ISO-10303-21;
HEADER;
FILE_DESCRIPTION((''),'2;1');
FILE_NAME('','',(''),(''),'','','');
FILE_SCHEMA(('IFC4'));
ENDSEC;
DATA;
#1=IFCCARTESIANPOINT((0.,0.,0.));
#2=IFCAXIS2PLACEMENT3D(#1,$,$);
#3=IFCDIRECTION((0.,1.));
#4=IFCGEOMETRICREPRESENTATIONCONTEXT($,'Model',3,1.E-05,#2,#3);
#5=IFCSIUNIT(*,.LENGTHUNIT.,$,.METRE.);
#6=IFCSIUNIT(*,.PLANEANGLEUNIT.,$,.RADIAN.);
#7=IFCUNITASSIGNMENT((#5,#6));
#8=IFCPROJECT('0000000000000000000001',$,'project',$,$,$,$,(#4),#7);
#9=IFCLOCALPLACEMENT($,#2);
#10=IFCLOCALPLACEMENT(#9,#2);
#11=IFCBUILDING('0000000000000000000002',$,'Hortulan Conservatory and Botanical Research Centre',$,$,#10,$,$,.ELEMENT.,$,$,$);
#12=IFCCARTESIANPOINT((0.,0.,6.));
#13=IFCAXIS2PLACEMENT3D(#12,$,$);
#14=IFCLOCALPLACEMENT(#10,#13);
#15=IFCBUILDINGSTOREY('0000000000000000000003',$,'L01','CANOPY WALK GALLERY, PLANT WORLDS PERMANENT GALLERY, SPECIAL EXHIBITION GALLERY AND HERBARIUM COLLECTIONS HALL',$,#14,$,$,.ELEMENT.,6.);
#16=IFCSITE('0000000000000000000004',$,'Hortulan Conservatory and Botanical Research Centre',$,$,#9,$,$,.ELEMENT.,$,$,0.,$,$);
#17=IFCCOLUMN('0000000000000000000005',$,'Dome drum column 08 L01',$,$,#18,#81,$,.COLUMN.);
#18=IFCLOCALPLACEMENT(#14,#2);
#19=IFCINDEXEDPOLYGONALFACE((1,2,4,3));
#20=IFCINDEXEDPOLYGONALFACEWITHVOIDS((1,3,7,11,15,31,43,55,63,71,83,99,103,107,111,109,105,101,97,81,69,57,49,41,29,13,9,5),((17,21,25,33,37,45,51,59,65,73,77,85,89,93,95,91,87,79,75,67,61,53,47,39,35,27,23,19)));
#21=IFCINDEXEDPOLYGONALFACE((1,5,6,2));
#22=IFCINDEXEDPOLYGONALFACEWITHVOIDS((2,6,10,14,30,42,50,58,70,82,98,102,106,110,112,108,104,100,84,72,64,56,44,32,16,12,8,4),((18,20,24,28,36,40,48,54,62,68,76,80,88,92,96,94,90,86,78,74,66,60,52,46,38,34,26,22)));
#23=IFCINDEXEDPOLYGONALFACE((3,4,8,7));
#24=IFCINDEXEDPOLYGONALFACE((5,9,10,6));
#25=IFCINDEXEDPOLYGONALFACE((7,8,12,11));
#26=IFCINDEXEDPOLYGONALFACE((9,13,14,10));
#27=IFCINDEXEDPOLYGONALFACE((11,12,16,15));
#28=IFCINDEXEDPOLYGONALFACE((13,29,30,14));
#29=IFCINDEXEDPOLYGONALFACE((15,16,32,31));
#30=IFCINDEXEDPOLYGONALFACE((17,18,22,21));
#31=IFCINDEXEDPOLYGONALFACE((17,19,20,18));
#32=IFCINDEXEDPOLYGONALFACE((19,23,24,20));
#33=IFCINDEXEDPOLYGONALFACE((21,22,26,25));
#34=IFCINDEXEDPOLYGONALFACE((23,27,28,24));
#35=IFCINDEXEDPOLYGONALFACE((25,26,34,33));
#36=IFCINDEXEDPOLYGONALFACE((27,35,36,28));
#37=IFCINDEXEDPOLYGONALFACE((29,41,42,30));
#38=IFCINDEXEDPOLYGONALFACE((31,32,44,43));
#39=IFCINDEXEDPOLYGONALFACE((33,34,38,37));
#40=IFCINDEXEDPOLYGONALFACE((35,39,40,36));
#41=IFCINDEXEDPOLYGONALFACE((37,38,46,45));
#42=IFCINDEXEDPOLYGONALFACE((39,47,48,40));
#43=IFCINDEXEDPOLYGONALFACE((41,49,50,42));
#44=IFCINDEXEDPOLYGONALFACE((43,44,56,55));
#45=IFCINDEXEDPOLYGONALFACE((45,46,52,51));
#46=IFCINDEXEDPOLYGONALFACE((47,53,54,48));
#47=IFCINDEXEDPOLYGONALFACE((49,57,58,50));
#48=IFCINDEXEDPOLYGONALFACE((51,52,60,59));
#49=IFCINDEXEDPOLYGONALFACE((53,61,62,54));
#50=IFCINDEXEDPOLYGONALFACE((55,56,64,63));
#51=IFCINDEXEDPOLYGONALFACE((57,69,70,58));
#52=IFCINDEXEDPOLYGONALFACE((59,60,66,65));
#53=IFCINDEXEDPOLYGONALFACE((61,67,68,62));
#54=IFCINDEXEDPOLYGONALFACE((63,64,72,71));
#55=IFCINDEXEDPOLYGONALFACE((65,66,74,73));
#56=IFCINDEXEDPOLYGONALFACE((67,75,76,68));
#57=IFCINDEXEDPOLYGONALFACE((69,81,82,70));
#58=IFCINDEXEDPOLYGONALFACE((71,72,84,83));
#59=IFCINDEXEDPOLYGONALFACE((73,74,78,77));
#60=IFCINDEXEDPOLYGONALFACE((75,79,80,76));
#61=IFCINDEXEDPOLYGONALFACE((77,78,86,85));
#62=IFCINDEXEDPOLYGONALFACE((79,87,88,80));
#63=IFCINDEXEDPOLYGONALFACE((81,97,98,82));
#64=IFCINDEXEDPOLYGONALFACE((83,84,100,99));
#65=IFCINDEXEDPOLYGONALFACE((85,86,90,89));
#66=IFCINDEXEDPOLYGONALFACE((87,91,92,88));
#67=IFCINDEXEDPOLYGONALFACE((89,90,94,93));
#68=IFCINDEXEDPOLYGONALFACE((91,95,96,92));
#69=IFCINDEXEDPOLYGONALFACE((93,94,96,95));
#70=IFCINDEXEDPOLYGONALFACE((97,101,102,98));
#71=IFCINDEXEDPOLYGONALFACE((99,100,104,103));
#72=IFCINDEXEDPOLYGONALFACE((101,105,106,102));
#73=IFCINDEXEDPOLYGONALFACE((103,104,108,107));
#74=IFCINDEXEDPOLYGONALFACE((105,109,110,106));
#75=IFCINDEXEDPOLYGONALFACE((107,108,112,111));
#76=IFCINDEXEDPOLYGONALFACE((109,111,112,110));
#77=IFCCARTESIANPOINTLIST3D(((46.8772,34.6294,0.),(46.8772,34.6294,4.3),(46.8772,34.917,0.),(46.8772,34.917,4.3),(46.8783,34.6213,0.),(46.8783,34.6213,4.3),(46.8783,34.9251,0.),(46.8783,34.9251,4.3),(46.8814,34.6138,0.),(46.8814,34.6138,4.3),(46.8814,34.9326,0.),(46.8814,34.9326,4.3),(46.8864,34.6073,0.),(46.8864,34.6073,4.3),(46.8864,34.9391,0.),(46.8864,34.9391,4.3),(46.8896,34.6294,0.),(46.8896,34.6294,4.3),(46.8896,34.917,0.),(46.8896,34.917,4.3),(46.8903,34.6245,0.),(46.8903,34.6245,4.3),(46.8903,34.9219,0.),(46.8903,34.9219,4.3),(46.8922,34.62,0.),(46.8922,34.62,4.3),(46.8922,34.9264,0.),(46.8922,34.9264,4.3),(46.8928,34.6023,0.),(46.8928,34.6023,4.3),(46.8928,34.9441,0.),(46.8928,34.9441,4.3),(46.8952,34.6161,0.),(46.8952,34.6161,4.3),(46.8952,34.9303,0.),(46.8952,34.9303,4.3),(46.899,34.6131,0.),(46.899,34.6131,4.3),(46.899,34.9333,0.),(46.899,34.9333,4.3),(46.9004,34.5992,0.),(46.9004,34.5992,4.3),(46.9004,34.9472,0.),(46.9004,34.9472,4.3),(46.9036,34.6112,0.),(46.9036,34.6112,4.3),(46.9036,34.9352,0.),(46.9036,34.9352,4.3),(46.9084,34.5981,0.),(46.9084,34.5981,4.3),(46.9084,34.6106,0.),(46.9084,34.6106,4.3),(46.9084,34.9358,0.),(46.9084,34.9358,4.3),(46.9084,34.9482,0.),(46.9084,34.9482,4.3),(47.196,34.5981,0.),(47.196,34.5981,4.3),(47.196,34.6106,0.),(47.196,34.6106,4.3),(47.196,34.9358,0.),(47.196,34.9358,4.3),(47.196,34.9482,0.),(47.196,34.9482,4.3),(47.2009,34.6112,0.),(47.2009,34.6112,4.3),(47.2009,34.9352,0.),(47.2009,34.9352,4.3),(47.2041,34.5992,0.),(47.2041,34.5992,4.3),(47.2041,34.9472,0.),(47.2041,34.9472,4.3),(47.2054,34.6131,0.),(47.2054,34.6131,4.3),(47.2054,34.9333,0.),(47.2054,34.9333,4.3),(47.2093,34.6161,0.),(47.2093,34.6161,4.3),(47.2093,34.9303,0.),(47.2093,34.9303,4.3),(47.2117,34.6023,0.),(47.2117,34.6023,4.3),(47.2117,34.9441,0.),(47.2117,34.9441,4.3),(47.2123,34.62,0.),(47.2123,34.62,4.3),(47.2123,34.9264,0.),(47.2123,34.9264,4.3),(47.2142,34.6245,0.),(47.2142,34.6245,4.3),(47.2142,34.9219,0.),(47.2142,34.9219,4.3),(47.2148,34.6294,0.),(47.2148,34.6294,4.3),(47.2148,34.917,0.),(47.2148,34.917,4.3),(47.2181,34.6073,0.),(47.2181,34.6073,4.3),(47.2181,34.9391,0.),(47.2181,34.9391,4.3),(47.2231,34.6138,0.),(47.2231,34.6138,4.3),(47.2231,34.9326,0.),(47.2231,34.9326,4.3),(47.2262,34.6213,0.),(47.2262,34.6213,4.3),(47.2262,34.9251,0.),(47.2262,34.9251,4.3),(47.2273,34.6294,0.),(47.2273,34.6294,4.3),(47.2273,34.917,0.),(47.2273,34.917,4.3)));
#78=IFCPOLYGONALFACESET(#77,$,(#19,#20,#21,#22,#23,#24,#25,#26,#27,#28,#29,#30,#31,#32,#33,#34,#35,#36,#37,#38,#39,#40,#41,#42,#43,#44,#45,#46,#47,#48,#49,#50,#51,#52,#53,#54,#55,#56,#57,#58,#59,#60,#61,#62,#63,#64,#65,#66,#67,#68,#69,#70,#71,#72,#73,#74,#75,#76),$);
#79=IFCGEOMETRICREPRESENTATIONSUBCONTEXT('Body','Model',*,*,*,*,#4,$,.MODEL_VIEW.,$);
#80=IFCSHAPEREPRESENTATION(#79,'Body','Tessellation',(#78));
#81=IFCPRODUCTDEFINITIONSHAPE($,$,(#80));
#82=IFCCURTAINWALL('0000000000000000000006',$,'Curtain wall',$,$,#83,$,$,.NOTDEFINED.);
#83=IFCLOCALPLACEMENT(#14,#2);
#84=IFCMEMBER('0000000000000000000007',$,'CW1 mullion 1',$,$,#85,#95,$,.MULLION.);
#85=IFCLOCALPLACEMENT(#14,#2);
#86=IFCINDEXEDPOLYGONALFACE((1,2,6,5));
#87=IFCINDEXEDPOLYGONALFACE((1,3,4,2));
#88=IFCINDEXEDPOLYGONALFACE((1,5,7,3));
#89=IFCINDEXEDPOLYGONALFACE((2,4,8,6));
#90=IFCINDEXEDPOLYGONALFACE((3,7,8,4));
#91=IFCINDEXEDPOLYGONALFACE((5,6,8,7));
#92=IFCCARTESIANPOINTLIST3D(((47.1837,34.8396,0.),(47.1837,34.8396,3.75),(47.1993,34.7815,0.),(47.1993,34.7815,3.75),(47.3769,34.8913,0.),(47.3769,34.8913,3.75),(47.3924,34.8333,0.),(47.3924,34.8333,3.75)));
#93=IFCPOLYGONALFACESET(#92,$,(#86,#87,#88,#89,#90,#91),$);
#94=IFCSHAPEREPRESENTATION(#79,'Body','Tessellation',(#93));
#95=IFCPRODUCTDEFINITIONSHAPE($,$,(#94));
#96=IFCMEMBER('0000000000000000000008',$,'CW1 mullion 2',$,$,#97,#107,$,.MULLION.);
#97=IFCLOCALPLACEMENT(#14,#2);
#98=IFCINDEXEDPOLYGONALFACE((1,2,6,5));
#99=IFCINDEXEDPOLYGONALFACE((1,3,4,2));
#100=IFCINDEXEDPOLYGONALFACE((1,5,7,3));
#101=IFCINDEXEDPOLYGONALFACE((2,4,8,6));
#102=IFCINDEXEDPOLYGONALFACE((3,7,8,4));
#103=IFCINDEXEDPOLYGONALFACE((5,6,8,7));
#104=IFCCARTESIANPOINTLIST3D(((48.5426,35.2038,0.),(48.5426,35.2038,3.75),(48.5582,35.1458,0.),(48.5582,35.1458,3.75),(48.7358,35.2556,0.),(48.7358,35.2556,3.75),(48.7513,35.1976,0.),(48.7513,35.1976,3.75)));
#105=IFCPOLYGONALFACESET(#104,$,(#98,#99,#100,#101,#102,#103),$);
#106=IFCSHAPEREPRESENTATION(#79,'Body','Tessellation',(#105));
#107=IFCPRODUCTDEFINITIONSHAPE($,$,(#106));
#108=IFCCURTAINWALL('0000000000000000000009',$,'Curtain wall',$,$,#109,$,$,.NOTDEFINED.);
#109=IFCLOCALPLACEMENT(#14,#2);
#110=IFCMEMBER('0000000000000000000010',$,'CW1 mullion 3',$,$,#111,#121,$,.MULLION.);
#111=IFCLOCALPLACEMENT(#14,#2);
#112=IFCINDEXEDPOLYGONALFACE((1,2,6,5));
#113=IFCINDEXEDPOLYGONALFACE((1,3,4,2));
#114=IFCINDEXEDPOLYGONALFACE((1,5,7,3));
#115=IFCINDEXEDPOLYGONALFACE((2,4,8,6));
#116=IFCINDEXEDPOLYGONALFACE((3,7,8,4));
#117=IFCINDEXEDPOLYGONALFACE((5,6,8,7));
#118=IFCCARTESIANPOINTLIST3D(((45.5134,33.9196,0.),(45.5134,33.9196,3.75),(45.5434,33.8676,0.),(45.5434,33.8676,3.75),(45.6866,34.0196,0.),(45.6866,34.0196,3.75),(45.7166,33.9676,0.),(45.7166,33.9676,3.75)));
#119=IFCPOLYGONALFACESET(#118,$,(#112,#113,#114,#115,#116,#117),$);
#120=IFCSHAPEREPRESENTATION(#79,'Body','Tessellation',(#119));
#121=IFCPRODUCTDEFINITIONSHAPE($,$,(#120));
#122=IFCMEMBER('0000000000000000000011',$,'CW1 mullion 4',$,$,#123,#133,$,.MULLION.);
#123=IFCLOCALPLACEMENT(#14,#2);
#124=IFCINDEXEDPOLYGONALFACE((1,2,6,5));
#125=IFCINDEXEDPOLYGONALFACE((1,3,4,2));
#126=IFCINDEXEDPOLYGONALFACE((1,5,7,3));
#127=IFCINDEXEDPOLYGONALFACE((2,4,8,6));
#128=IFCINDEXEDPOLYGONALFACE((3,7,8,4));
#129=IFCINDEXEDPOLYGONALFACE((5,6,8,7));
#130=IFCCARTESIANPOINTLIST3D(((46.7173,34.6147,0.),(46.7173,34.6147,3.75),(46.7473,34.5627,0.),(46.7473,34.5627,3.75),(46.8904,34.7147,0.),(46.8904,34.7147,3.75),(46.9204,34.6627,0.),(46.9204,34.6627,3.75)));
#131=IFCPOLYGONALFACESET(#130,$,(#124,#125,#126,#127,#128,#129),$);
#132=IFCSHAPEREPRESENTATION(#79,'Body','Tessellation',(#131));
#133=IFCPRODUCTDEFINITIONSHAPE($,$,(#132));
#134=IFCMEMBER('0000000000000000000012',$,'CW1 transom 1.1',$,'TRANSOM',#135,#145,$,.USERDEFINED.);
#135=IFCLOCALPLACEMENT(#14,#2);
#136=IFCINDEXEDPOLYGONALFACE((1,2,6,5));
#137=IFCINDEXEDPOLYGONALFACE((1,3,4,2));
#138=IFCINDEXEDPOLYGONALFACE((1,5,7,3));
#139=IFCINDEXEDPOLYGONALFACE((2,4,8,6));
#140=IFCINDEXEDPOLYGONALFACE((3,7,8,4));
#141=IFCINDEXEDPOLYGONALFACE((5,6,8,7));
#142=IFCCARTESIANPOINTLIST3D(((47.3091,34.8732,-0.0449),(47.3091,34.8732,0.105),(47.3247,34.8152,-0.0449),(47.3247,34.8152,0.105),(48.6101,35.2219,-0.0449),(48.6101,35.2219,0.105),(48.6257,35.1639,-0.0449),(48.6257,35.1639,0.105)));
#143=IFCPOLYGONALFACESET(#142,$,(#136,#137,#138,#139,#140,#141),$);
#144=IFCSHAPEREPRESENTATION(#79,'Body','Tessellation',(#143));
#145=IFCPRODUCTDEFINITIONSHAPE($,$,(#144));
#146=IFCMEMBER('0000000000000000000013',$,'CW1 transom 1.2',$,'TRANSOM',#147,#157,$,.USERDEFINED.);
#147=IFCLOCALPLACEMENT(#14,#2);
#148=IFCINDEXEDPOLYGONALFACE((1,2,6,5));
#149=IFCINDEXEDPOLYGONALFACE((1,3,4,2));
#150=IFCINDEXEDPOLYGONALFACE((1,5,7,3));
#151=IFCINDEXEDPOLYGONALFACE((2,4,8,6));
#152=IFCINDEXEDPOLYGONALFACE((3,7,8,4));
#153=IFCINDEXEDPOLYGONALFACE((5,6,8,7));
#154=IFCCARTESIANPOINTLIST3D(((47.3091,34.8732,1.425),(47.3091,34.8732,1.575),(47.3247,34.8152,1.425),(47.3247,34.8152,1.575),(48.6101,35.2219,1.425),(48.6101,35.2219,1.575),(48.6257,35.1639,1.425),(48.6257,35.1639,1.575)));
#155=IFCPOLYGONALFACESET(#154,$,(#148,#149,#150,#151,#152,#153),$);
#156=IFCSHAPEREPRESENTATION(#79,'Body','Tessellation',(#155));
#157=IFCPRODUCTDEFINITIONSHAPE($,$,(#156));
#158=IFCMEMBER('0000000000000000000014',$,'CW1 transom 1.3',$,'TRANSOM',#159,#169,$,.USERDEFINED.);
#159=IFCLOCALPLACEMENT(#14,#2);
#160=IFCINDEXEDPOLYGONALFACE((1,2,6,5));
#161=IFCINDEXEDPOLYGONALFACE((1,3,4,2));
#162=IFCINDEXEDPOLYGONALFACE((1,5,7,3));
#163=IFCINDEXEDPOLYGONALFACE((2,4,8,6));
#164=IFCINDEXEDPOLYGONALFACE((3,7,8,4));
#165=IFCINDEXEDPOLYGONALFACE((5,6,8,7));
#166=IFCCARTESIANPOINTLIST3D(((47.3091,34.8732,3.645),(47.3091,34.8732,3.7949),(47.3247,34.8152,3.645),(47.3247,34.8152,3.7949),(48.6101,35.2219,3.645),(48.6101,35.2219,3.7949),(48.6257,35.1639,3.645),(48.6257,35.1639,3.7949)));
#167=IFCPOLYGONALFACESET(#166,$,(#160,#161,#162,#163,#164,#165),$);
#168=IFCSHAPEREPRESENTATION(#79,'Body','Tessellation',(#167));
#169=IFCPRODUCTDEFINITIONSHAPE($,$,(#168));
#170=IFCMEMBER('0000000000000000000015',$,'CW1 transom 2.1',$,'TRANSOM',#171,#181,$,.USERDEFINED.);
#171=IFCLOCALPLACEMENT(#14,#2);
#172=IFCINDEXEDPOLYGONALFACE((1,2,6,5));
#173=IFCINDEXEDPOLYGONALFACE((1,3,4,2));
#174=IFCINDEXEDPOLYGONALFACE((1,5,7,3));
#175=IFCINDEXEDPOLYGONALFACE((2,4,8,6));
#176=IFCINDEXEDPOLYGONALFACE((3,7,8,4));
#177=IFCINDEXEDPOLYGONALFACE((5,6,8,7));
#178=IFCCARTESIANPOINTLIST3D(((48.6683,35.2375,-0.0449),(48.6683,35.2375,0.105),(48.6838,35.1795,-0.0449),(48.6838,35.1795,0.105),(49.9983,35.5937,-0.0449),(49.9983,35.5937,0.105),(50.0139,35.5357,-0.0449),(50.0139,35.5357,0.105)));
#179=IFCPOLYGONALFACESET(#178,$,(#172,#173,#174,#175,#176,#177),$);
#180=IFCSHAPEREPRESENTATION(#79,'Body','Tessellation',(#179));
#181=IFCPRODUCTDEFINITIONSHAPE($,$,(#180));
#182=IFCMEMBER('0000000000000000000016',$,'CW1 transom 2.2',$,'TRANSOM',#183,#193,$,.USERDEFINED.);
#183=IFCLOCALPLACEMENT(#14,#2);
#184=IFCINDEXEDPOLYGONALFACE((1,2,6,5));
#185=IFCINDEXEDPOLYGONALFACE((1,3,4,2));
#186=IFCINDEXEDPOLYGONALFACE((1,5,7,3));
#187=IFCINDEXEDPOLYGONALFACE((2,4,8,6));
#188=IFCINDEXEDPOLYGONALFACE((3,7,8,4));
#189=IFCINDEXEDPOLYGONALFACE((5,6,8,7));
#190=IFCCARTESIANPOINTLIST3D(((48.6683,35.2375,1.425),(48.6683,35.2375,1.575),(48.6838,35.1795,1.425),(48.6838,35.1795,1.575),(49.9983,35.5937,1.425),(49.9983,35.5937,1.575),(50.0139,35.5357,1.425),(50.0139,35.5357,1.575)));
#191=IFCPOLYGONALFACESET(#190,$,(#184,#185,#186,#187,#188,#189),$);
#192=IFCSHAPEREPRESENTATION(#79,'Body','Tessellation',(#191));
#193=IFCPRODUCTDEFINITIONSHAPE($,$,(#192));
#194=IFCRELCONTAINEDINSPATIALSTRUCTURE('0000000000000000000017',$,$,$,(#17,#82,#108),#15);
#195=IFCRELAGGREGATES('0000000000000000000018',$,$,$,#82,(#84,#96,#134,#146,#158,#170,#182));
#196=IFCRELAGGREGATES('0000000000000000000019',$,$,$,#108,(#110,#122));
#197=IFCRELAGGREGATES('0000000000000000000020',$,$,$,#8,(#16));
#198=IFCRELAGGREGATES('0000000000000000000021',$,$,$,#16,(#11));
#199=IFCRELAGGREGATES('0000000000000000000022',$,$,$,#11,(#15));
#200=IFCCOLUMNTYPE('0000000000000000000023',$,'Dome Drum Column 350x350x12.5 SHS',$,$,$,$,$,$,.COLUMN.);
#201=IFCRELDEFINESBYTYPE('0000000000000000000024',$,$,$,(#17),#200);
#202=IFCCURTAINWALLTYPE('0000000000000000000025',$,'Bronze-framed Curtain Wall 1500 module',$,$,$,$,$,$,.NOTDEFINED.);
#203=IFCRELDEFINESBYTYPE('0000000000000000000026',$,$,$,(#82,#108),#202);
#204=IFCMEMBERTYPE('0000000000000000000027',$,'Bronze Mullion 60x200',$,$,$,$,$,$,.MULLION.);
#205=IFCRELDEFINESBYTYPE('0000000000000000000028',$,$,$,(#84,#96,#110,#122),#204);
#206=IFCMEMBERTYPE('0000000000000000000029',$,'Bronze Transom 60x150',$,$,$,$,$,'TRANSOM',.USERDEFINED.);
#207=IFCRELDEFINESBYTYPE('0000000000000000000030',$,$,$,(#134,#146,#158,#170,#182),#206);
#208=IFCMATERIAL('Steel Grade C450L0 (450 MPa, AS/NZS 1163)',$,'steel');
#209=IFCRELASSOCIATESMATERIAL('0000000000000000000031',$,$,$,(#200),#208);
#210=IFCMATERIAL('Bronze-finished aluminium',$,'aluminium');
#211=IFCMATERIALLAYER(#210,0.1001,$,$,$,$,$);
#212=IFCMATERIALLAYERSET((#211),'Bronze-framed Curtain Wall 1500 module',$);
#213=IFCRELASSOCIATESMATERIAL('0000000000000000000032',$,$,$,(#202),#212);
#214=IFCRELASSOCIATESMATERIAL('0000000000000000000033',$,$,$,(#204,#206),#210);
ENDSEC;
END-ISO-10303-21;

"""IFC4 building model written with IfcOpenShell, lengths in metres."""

from ifc_helpers import new_model, si_unit, direction, frame, origin, origin_2d, place, context, subcontext, project, spatial, rectangle, hollow_rectangle, extrude, material, layer, layer_set, material_profile, profile_set, type_object, element, aggregate, save


model = new_model("IFC4")

# Units and contexts
model_context = context("Model", 3, precision=1e-05, world=origin(), true_north=direction((0.0, 1.0)))
body_context = subcontext(model_context, "Body", "Model", "MODEL_VIEW")
ifc_project = project(units=[si_unit("LENGTHUNIT", "METRE"), si_unit("PLANEANGLEUNIT", "RADIAN")], contexts=[model_context])

# Site, building, storey
site_placement = place(None, origin())
site = spatial("IfcSite", under=ifc_project, at=site_placement, Name="Hortulan Conservatory and Botanical Research Centre", CompositionType="ELEMENT", RefElevation=0.0)
building_placement = place(site_placement, origin())
building = spatial("IfcBuilding", under=site, at=building_placement, Name="Hortulan Conservatory and Botanical Research Centre", CompositionType="ELEMENT")
storey_placement = place(building_placement, frame((0.0, 0.0, 6.0)))
storey = spatial("IfcBuildingStorey", under=building, at=storey_placement, Name="L01", Description="CANOPY WALK GALLERY, PLANT WORLDS PERMANENT GALLERY, SPECIAL EXHIBITION GALLERY AND HERBARIUM COLLECTIONS HALL", CompositionType="ELEMENT", Elevation=6.0)

# Column
ifc_material_1 = material(Name="Steel Grade C450L0 (450 MPa, AS/NZS 1163)", Category="steel")
ifc_material_profile_1 = material_profile(ifc_material_1, hollow_rectangle(XDim=0.3501, YDim=0.3501, WallThickness=0.0125, InnerFilletRadius=0.0188, OuterFilletRadius=0.0312, at=origin_2d()), Name="350x350x12.5SHS")
ifc_profile_set_1 = profile_set([ifc_material_profile_1], Name="Steel Grade C450L0 (450 MPa, AS/NZS 1163)")
column_type = type_object("IfcColumnType", Name="Dome Drum Column 350x350x12.5 SHS", PredefinedType="COLUMN", material=ifc_profile_set_1)
column_placement = place(storey_placement, frame((47.0522, 34.7732, 0.0), z_axis=(0.0, 0.0, 1.0), x_axis=(1.0, 0.0, 0.0)))
element("IfcColumn", 1, at=column_placement, inside=storey, type_object=column_type, Name="Dome drum column 08 L01", PredefinedType="COLUMN", context=body_context, shape_type="SweptSolid", body=[
    extrude(hollow_rectangle(XDim=0.3501, YDim=0.3501, WallThickness=0.0125, InnerFilletRadius=0.0188, OuterFilletRadius=0.0312, at=origin_2d()), origin(), (0.0, 0.0, 1.0), 4.3),
])

# Curtain walls, members
ifc_material_2 = material(Name="Bronze-finished aluminium", Category="aluminium")
ifc_layer_1 = layer(ifc_material_2, 0.1001)
ifc_layer_set_1 = layer_set([ifc_layer_1], Name="Bronze-framed Curtain Wall 1500 module")
curtain_wall_type = type_object("IfcCurtainWallType", Name="Bronze-framed Curtain Wall 1500 module", PredefinedType="NOTDEFINED", material=ifc_layer_set_1)
curtain_wall_1_placement = place(storey_placement, origin())
curtain_wall_1 = element("IfcCurtainWall", 2, at=curtain_wall_1_placement, inside=storey, type_object=curtain_wall_type, Name="Curtain wall", PredefinedType="NOTDEFINED")
ifc_material_profile_2 = material_profile(ifc_material_2, rectangle(XDim=0.0601, YDim=0.2, at=origin_2d()), Name="Bronze Mullion 60x200")
ifc_profile_set_2 = profile_set([ifc_material_profile_2], Name="Bronze-finished aluminium")
member_type_1 = type_object("IfcMemberType", Name="Bronze Mullion 60x200", PredefinedType="MULLION", material=ifc_profile_set_2)
member_1_placement = place(storey_placement, frame((47.2881, 34.8364, 0.0), z_axis=(0.0, 0.0, 1.0), x_axis=(-0.258832, 0.965922, 0.0)))
member_1 = element("IfcMember", 3, at=member_1_placement, type_object=member_type_1, Name="CW1 mullion 1", PredefinedType="MULLION", context=body_context, shape_type="SweptSolid", body=[
    extrude(rectangle(XDim=0.0601, YDim=0.2, at=origin_2d()), origin(), (0.0, 0.0, 1.0), 3.75),
])
member_2_placement = place(storey_placement, frame((48.647, 35.2007, 0.0), z_axis=(0.0, 0.0, 1.0), x_axis=(-0.258832, 0.965922, 0.0)))
member_2 = element("IfcMember", 4, at=member_2_placement, type_object=member_type_1, Name="CW1 mullion 2", PredefinedType="MULLION", context=body_context, shape_type="SweptSolid", body=[
    extrude(rectangle(XDim=0.0601, YDim=0.2, at=origin_2d()), origin(), (0.0, 0.0, 1.0), 3.75),
])
curtain_wall_2_placement = place(storey_placement, origin())
curtain_wall_2 = element("IfcCurtainWall", 5, at=curtain_wall_2_placement, inside=storey, type_object=curtain_wall_type, Name="Curtain wall", PredefinedType="NOTDEFINED")
member_3_placement = place(storey_placement, frame((45.615, 33.9436, 0.0), z_axis=(0.0, 0.0, 1.0), x_axis=(-0.499981, 0.866036, 0.0)))
member_3 = element("IfcMember", 6, at=member_3_placement, type_object=member_type_1, Name="CW1 mullion 3", PredefinedType="MULLION", context=body_context, shape_type="SweptSolid", body=[
    extrude(rectangle(XDim=0.0601, YDim=0.2, at=origin_2d()), origin(), (0.0, 0.0, 1.0), 3.75),
])
member_4_placement = place(storey_placement, frame((46.8188, 34.6387, 0.0), z_axis=(0.0, 0.0, 1.0), x_axis=(-0.499981, 0.866036, 0.0)))
member_4 = element("IfcMember", 7, at=member_4_placement, type_object=member_type_1, Name="CW1 mullion 4", PredefinedType="MULLION", context=body_context, shape_type="SweptSolid", body=[
    extrude(rectangle(XDim=0.0601, YDim=0.2, at=origin_2d()), origin(), (0.0, 0.0, 1.0), 3.75),
])

# Members
ifc_material_profile_3 = material_profile(ifc_material_2, rectangle(XDim=0.0601, YDim=0.1499, at=origin_2d()), Name="Bronze Transom 60x150")
ifc_profile_set_3 = profile_set([ifc_material_profile_3], Name="Bronze-finished aluminium")
member_type_2 = type_object("IfcMemberType", Name="Bronze Transom 60x150", ElementType="TRANSOM", PredefinedType="USERDEFINED", material=ifc_profile_set_3)
member_5_placement = place(storey_placement, frame((47.3169, 34.8442, 0.03), z_axis=(0.965921, 0.258836, 0.0), x_axis=(-0.258836, 0.965921, 0.0)))
member_5 = element("IfcMember", 8, at=member_5_placement, type_object=member_type_2, Name="CW1 transom 1.1", ObjectType="TRANSOM", PredefinedType="USERDEFINED", context=body_context, shape_type="SweptSolid", body=[
    extrude(rectangle(XDim=0.0601, YDim=0.1499, at=origin_2d()), origin(), (0.0, 0.0, 1.0), 1.3469),
])
member_6_placement = place(storey_placement, frame((47.3169, 34.8442, 1.5), z_axis=(0.965921, 0.258836, 0.0), x_axis=(-0.258836, 0.965921, 0.0)))
member_6 = element("IfcMember", 9, at=member_6_placement, type_object=member_type_2, Name="CW1 transom 1.2", ObjectType="TRANSOM", PredefinedType="USERDEFINED", context=body_context, shape_type="SweptSolid", body=[
    extrude(rectangle(XDim=0.0601, YDim=0.1499, at=origin_2d()), origin(), (0.0, 0.0, 1.0), 1.3469),
])
member_7_placement = place(storey_placement, frame((47.3169, 34.8442, 3.72), z_axis=(0.965921, 0.258836, 0.0), x_axis=(-0.258836, 0.965921, 0.0)))
member_7 = element("IfcMember", 10, at=member_7_placement, type_object=member_type_2, Name="CW1 transom 1.3", ObjectType="TRANSOM", PredefinedType="USERDEFINED", context=body_context, shape_type="SweptSolid", body=[
    extrude(rectangle(XDim=0.0601, YDim=0.1499, at=origin_2d()), origin(), (0.0, 0.0, 1.0), 1.3469),
])
member_8_placement = place(storey_placement, frame((48.676, 35.2085, 0.03), z_axis=(0.965961, 0.258689, 0.0), x_axis=(-0.258689, 0.965961, 0.0)))
member_8 = element("IfcMember", 11, at=member_8_placement, type_object=member_type_2, Name="CW1 transom 2.1", ObjectType="TRANSOM", PredefinedType="USERDEFINED", context=body_context, shape_type="SweptSolid", body=[
    extrude(rectangle(XDim=0.0601, YDim=0.1499, at=origin_2d()), origin(), (0.0, 0.0, 1.0), 1.377),
])
member_9_placement = place(storey_placement, frame((48.676, 35.2085, 1.5), z_axis=(0.965961, 0.258689, 0.0), x_axis=(-0.258689, 0.965961, 0.0)))
member_9 = element("IfcMember", 12, at=member_9_placement, type_object=member_type_2, Name="CW1 transom 2.2", ObjectType="TRANSOM", PredefinedType="USERDEFINED", context=body_context, shape_type="SweptSolid", body=[
    extrude(rectangle(XDim=0.0601, YDim=0.1499, at=origin_2d()), origin(), (0.0, 0.0, 1.0), 1.377),
])

aggregate(curtain_wall_1, [member_1, member_2, member_5, member_6, member_7, member_8, member_9])
aggregate(curtain_wall_2, [member_3, member_4])

save(model, "model.ifc")
